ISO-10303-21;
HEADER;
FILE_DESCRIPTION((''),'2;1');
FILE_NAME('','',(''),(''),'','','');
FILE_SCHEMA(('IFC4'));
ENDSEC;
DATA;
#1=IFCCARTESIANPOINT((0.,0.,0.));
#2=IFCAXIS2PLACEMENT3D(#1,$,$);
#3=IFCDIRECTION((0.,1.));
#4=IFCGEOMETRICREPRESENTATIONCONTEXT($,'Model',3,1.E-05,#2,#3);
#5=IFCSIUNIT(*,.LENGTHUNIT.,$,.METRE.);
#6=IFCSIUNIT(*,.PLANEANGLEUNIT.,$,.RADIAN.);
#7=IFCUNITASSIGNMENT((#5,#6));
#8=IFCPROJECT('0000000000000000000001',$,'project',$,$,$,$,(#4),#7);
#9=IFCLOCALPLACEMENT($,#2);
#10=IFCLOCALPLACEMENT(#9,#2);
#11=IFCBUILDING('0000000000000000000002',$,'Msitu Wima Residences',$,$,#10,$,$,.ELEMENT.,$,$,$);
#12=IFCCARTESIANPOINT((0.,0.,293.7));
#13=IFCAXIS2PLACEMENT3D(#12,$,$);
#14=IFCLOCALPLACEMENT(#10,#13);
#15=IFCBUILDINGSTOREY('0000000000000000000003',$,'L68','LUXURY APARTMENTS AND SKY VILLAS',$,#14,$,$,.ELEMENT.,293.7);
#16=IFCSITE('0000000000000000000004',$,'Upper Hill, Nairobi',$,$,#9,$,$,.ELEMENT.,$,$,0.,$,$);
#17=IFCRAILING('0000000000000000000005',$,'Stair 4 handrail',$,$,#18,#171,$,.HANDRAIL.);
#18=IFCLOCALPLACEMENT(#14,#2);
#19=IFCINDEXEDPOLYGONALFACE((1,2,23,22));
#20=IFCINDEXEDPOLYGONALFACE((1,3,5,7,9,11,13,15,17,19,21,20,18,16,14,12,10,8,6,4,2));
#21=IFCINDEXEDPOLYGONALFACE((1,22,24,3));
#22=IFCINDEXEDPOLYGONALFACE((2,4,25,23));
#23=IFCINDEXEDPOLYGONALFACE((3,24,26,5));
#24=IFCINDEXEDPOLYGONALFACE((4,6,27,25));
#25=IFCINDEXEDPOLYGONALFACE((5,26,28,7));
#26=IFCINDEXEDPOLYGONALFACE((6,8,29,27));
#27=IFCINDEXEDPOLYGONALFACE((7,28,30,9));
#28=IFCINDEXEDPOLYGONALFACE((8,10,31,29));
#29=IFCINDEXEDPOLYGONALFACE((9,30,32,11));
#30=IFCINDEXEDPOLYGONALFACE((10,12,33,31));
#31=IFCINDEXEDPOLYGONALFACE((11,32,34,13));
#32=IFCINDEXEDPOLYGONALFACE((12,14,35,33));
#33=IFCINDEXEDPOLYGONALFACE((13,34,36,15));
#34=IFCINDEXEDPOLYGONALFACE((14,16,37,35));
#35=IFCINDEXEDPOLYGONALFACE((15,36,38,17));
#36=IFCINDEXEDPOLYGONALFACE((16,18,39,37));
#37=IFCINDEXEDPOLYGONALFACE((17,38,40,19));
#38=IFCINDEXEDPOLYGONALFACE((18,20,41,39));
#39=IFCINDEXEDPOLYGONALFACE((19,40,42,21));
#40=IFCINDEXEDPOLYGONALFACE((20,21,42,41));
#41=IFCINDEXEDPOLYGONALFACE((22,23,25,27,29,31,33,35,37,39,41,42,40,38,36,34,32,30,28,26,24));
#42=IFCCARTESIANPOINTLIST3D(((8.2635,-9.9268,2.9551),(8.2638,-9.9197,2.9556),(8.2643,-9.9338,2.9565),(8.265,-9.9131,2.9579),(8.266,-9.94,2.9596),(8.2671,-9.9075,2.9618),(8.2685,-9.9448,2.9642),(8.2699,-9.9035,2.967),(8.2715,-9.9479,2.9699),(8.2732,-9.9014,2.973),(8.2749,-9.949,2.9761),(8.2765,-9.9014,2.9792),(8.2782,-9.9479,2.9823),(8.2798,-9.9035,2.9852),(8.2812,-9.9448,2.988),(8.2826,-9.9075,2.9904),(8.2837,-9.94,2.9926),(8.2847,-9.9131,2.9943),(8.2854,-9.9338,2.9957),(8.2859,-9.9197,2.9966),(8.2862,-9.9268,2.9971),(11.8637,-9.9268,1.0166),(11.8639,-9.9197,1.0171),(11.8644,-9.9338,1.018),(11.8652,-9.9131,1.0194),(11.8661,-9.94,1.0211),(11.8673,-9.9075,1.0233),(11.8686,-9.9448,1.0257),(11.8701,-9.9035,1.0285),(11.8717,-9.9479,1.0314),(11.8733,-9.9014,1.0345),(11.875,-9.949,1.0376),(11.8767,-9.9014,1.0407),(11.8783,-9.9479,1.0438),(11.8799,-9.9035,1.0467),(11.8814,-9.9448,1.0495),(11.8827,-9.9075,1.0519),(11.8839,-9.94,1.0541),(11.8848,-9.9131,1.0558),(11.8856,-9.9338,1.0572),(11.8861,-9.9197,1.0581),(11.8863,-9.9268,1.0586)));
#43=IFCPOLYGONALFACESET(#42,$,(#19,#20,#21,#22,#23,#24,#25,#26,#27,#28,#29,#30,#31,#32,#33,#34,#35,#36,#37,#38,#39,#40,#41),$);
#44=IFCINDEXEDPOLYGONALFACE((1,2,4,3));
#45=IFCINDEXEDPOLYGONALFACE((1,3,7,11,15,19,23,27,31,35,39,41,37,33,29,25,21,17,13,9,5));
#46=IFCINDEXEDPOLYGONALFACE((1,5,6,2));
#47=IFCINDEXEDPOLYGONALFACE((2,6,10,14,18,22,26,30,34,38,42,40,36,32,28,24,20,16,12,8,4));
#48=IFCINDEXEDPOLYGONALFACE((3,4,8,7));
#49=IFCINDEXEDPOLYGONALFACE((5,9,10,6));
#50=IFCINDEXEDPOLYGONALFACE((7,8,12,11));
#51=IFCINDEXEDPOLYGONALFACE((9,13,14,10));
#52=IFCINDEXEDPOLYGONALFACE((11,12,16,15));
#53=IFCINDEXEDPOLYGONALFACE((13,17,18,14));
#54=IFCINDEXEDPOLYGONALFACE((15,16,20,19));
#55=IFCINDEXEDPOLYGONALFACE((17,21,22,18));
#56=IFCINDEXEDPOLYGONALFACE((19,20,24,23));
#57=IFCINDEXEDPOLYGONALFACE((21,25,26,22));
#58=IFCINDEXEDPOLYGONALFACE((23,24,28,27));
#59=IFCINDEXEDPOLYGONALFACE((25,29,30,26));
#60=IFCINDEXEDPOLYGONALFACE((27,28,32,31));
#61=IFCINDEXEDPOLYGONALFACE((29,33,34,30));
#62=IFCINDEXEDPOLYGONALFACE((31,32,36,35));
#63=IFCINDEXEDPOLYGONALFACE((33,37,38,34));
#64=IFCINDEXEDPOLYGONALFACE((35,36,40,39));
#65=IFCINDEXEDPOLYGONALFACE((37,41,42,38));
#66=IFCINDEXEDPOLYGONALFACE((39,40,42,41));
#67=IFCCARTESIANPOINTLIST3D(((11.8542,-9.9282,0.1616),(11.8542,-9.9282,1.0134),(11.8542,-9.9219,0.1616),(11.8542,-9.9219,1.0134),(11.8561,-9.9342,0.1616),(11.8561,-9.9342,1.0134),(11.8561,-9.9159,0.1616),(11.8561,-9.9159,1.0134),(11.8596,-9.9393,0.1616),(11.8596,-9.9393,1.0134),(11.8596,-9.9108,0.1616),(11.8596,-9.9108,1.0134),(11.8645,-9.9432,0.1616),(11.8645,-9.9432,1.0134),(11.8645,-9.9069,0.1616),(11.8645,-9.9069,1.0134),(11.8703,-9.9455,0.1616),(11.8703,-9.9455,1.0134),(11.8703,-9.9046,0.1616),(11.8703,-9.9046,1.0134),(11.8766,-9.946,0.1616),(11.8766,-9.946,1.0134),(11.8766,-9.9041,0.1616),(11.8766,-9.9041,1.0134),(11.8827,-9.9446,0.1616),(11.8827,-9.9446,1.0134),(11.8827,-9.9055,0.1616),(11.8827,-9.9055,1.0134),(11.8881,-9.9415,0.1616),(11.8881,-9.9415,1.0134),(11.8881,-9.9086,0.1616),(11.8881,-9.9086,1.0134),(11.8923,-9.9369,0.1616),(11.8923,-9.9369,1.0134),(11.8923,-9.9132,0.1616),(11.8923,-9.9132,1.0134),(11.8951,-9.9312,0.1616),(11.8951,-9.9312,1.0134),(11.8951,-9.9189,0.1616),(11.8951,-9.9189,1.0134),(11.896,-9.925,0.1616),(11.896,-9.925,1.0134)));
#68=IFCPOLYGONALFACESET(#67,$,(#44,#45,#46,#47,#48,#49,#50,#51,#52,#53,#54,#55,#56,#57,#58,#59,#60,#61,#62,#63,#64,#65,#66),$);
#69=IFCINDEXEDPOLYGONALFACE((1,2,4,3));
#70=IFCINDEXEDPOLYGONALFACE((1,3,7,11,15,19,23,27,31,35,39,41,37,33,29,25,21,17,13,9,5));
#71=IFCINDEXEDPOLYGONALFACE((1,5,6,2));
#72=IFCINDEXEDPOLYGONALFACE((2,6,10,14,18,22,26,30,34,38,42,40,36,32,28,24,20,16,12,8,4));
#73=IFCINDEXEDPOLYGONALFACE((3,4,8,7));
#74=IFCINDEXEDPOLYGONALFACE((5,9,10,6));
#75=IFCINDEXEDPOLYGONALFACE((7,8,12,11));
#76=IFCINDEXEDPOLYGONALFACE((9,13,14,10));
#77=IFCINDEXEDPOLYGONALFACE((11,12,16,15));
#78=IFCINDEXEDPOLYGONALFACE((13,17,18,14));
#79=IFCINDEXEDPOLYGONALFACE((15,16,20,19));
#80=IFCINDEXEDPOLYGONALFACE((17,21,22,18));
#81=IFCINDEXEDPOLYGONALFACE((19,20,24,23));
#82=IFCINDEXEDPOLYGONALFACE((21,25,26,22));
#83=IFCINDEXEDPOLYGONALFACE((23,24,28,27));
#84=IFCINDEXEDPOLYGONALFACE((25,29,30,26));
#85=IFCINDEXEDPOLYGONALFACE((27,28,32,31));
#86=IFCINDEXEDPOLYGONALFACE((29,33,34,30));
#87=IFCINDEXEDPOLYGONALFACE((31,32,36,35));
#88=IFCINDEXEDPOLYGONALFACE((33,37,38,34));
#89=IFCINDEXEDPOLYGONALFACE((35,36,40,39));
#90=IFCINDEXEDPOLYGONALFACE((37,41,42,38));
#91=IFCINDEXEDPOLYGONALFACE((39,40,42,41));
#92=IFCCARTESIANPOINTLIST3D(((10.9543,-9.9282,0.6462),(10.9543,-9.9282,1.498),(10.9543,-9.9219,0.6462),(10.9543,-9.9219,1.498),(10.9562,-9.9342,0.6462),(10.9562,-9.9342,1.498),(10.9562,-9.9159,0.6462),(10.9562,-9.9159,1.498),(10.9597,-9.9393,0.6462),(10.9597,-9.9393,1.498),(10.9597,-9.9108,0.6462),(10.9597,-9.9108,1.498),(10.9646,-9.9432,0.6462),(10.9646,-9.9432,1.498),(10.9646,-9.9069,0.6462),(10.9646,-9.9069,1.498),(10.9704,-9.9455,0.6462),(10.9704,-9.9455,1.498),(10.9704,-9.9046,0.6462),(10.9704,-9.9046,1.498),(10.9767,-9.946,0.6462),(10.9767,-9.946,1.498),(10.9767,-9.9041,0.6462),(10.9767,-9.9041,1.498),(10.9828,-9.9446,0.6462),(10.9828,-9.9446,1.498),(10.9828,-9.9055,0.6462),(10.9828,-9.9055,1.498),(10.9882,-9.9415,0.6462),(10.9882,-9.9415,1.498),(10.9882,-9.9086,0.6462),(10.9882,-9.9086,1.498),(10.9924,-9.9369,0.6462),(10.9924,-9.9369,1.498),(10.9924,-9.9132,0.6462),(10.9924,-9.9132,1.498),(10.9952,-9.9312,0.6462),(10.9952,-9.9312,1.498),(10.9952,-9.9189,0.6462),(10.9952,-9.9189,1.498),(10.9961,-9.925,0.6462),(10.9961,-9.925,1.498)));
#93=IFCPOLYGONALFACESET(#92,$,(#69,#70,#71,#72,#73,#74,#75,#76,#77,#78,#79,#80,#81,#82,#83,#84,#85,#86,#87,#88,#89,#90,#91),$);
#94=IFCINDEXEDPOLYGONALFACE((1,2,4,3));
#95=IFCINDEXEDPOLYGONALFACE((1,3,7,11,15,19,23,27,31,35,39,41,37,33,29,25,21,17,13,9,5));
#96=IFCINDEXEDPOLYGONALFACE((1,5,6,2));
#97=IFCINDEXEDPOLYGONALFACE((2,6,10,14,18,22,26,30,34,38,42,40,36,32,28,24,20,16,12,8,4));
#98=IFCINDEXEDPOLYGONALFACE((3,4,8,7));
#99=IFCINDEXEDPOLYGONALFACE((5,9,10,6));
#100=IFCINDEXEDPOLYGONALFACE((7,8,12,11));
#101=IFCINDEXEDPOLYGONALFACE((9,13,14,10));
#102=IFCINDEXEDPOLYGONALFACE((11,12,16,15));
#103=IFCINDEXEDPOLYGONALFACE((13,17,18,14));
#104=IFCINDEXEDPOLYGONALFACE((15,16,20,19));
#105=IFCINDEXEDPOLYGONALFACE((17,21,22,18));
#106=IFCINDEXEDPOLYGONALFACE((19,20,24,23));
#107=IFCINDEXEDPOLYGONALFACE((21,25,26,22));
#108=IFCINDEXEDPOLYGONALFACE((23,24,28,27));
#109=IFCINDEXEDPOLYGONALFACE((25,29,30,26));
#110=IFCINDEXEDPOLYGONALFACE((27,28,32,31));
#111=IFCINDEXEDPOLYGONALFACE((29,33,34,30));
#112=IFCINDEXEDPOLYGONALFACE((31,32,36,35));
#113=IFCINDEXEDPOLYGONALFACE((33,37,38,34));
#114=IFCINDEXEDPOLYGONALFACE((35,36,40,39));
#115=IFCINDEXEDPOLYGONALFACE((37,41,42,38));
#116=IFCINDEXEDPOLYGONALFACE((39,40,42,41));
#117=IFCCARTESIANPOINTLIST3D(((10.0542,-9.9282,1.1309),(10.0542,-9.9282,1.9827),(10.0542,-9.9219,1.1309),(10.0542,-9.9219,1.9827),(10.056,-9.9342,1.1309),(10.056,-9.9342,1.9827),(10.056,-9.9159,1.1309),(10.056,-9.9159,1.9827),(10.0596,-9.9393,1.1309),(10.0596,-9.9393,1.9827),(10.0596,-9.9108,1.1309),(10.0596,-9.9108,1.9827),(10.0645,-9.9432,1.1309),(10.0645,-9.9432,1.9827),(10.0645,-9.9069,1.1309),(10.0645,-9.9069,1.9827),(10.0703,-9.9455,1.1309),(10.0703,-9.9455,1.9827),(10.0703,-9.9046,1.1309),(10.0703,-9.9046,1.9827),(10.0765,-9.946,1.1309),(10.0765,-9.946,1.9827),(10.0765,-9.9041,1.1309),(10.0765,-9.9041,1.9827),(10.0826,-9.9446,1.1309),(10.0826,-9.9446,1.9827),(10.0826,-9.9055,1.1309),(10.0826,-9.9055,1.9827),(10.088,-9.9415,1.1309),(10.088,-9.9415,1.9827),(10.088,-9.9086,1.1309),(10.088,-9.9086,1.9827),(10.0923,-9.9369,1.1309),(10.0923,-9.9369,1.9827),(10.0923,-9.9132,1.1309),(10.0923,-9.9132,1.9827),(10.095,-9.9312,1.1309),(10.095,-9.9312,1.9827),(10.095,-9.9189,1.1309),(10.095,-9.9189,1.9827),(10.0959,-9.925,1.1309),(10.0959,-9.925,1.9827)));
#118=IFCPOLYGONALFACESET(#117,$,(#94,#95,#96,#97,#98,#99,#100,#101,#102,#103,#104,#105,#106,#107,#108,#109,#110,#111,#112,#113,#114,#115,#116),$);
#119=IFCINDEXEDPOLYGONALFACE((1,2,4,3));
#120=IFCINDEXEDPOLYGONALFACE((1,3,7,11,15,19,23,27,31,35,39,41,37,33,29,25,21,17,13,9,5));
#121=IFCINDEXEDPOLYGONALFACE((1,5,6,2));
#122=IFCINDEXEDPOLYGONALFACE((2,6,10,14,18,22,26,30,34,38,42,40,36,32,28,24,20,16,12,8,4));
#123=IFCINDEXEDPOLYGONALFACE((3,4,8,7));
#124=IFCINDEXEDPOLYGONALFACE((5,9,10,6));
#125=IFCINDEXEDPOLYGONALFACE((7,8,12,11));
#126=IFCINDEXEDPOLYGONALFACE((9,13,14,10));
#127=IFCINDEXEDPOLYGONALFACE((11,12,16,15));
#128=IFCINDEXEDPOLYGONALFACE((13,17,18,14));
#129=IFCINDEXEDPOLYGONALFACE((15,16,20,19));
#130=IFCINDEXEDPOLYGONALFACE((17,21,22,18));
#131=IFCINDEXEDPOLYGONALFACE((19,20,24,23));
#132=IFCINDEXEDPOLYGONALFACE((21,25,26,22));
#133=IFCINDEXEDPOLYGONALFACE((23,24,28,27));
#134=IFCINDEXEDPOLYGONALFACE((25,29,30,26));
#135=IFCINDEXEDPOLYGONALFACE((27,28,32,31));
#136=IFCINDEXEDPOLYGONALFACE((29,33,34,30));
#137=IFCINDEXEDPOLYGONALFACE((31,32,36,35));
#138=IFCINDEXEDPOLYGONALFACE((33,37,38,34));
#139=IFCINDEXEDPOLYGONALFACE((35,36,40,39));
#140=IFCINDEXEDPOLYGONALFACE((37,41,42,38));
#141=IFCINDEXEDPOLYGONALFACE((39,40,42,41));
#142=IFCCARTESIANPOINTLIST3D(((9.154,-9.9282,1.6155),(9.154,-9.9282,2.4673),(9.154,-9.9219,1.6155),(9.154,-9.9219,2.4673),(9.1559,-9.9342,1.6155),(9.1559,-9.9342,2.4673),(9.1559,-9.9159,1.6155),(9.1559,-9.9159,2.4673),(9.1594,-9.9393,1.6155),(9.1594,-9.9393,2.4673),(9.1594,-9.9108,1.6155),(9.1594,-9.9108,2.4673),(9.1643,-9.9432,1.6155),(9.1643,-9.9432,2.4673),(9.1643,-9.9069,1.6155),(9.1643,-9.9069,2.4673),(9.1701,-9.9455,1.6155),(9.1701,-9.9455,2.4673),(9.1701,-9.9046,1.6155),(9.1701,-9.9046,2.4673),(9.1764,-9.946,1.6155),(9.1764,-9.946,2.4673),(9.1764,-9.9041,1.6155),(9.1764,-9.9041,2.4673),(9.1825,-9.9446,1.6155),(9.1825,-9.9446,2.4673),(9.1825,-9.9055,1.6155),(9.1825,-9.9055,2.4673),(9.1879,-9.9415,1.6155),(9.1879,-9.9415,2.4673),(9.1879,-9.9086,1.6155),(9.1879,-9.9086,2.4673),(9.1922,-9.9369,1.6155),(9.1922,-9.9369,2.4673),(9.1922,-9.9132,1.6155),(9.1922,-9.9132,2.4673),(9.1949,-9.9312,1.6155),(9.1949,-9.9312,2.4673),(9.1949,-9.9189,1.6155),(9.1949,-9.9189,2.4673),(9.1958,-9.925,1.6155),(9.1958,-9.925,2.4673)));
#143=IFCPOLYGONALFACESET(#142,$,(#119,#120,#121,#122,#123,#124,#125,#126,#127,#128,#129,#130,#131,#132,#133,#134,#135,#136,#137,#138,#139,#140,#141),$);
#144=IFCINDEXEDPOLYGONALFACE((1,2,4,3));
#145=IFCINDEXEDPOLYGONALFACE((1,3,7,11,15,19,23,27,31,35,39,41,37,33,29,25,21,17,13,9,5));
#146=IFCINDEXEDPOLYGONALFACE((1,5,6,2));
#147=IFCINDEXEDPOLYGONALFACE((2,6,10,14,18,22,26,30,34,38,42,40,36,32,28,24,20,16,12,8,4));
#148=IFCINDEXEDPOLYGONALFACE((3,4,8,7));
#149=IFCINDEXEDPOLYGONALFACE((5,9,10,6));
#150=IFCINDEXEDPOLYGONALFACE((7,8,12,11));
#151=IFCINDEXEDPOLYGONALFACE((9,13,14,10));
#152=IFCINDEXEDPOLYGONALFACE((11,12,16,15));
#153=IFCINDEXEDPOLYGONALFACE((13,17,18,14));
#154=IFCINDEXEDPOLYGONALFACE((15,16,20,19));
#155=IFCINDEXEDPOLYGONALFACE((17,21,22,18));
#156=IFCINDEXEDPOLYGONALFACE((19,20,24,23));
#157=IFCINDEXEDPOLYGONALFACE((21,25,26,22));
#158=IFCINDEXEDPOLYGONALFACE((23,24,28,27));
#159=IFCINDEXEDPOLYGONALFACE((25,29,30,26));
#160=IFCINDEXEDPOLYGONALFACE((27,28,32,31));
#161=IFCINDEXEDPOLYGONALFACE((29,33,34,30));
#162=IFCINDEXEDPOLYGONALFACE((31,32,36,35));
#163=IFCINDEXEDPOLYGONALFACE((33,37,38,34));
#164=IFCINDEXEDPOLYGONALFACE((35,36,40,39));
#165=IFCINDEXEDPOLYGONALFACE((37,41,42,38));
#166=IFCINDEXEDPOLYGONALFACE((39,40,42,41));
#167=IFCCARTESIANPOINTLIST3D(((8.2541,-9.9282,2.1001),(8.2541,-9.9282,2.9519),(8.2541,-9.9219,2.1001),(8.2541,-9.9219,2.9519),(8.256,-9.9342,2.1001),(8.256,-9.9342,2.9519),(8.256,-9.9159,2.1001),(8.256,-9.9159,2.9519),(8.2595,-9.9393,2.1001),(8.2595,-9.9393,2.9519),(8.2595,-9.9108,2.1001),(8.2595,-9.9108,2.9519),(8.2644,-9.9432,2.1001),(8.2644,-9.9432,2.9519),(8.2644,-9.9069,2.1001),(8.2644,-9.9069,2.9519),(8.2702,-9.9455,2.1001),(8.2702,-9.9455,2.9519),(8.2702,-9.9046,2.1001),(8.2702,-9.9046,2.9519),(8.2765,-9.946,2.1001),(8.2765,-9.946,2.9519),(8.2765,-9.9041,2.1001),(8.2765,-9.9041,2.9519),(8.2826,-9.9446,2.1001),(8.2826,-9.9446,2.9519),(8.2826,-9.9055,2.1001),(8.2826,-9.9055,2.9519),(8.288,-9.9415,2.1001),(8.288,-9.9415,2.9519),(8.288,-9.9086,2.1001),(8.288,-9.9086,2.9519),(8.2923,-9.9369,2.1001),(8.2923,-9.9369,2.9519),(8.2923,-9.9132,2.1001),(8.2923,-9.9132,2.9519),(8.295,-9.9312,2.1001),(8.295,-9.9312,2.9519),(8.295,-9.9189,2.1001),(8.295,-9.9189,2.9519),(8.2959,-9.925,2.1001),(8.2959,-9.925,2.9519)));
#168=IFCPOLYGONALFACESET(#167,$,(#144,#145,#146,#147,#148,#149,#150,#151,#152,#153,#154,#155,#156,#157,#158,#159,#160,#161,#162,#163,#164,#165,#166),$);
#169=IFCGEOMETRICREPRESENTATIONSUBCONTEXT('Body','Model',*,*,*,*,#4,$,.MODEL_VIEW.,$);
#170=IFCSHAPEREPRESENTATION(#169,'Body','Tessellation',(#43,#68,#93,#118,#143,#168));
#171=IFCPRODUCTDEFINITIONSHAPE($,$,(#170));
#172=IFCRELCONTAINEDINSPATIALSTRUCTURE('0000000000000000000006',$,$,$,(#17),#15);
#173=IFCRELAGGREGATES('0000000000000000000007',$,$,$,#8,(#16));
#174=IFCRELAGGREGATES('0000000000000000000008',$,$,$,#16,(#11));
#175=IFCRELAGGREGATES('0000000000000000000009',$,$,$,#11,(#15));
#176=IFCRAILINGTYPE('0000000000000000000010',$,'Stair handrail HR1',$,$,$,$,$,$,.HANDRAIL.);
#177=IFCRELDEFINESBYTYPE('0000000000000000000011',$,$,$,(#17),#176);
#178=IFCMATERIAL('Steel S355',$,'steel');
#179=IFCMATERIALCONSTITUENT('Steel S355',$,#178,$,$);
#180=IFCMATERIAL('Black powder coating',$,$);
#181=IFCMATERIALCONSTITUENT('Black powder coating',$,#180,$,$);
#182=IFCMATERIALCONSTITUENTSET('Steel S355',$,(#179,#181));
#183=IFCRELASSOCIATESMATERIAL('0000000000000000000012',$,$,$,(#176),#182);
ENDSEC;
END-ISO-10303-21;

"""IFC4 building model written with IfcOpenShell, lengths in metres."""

from ifc_helpers import new_model, si_unit, direction, frame, origin, origin_2d, place, context, subcontext, project, spatial, circle, extrude, material, constituent, constituent_set, type_object, element, save


model = new_model("IFC4")

# Units and contexts
model_context = context("Model", 3, precision=1e-05, world=origin(), true_north=direction((0.0, 1.0)))
body_context = subcontext(model_context, "Body", "Model", "MODEL_VIEW")
ifc_project = project(units=[si_unit("LENGTHUNIT", "METRE"), si_unit("PLANEANGLEUNIT", "RADIAN")], contexts=[model_context])

# Site, building, storey
site_placement = place(None, origin())
site = spatial("IfcSite", under=ifc_project, at=site_placement, Name="Upper Hill, Nairobi", CompositionType="ELEMENT", RefElevation=0.0)
building_placement = place(site_placement, origin())
building = spatial("IfcBuilding", under=site, at=building_placement, Name="Msitu Wima Residences", CompositionType="ELEMENT")
storey_placement = place(building_placement, frame((0.0, 0.0, 293.7)))
storey = spatial("IfcBuildingStorey", under=building, at=storey_placement, Name="L68", Description="LUXURY APARTMENTS AND SKY VILLAS", CompositionType="ELEMENT", Elevation=293.7)

# Railing
ifc_material_1 = material(Name="Steel S355", Category="steel")
ifc_constituent_1 = constituent(ifc_material_1, Name="Steel S355")
ifc_material_2 = material(Name="Black powder coating")
ifc_constituent_2 = constituent(ifc_material_2, Name="Black powder coating")
ifc_constituent_set = constituent_set(constituents=[ifc_constituent_1, ifc_constituent_2], Name="Steel S355")
railing_type = type_object("IfcRailingType", Name="Stair handrail HR1", PredefinedType="HANDRAIL", material=ifc_constituent_set)
for number, where, name in (
    (1, (11.875, -9.925, 0.1616), "Stair 4 handrail"),
):
    element("IfcRailing", number, at=place(storey_placement, frame(where)), inside=storey, type_object=railing_type, Name=name, PredefinedType="HANDRAIL", context=body_context, shape_type="SweptSolid", body=[
        extrude(circle(Radius=0.0239, at=origin_2d()), frame((0.0, 0.0, 0.876), z_axis=(-0.880475, 0.0, 0.474093), x_axis=(0.0, -1.0, 0.0)), (0.0, 0.0, 1.0), 4.0889),
        extrude(circle(Radius=0.021, at=origin_2d()), origin(), (0.0, 0.0, 1.0), 0.8518),
        extrude(circle(Radius=0.021, at=origin_2d()), frame((-0.8999, 0.0, 0.4846)), (0.0, 0.0, 1.0), 0.8518),
        extrude(circle(Radius=0.021, at=origin_2d()), frame((-1.8, 0.0, 0.9692)), (0.0, 0.0, 1.0), 0.8518),
        extrude(circle(Radius=0.021, at=origin_2d()), frame((-2.7002, 0.0, 1.4539)), (0.0, 0.0, 1.0), 0.8518),
        extrude(circle(Radius=0.021, at=origin_2d()), frame((-3.6001, 0.0, 1.9385)), (0.0, 0.0, 1.0), 0.8518),
    ])

save(model, "model.ifc")
